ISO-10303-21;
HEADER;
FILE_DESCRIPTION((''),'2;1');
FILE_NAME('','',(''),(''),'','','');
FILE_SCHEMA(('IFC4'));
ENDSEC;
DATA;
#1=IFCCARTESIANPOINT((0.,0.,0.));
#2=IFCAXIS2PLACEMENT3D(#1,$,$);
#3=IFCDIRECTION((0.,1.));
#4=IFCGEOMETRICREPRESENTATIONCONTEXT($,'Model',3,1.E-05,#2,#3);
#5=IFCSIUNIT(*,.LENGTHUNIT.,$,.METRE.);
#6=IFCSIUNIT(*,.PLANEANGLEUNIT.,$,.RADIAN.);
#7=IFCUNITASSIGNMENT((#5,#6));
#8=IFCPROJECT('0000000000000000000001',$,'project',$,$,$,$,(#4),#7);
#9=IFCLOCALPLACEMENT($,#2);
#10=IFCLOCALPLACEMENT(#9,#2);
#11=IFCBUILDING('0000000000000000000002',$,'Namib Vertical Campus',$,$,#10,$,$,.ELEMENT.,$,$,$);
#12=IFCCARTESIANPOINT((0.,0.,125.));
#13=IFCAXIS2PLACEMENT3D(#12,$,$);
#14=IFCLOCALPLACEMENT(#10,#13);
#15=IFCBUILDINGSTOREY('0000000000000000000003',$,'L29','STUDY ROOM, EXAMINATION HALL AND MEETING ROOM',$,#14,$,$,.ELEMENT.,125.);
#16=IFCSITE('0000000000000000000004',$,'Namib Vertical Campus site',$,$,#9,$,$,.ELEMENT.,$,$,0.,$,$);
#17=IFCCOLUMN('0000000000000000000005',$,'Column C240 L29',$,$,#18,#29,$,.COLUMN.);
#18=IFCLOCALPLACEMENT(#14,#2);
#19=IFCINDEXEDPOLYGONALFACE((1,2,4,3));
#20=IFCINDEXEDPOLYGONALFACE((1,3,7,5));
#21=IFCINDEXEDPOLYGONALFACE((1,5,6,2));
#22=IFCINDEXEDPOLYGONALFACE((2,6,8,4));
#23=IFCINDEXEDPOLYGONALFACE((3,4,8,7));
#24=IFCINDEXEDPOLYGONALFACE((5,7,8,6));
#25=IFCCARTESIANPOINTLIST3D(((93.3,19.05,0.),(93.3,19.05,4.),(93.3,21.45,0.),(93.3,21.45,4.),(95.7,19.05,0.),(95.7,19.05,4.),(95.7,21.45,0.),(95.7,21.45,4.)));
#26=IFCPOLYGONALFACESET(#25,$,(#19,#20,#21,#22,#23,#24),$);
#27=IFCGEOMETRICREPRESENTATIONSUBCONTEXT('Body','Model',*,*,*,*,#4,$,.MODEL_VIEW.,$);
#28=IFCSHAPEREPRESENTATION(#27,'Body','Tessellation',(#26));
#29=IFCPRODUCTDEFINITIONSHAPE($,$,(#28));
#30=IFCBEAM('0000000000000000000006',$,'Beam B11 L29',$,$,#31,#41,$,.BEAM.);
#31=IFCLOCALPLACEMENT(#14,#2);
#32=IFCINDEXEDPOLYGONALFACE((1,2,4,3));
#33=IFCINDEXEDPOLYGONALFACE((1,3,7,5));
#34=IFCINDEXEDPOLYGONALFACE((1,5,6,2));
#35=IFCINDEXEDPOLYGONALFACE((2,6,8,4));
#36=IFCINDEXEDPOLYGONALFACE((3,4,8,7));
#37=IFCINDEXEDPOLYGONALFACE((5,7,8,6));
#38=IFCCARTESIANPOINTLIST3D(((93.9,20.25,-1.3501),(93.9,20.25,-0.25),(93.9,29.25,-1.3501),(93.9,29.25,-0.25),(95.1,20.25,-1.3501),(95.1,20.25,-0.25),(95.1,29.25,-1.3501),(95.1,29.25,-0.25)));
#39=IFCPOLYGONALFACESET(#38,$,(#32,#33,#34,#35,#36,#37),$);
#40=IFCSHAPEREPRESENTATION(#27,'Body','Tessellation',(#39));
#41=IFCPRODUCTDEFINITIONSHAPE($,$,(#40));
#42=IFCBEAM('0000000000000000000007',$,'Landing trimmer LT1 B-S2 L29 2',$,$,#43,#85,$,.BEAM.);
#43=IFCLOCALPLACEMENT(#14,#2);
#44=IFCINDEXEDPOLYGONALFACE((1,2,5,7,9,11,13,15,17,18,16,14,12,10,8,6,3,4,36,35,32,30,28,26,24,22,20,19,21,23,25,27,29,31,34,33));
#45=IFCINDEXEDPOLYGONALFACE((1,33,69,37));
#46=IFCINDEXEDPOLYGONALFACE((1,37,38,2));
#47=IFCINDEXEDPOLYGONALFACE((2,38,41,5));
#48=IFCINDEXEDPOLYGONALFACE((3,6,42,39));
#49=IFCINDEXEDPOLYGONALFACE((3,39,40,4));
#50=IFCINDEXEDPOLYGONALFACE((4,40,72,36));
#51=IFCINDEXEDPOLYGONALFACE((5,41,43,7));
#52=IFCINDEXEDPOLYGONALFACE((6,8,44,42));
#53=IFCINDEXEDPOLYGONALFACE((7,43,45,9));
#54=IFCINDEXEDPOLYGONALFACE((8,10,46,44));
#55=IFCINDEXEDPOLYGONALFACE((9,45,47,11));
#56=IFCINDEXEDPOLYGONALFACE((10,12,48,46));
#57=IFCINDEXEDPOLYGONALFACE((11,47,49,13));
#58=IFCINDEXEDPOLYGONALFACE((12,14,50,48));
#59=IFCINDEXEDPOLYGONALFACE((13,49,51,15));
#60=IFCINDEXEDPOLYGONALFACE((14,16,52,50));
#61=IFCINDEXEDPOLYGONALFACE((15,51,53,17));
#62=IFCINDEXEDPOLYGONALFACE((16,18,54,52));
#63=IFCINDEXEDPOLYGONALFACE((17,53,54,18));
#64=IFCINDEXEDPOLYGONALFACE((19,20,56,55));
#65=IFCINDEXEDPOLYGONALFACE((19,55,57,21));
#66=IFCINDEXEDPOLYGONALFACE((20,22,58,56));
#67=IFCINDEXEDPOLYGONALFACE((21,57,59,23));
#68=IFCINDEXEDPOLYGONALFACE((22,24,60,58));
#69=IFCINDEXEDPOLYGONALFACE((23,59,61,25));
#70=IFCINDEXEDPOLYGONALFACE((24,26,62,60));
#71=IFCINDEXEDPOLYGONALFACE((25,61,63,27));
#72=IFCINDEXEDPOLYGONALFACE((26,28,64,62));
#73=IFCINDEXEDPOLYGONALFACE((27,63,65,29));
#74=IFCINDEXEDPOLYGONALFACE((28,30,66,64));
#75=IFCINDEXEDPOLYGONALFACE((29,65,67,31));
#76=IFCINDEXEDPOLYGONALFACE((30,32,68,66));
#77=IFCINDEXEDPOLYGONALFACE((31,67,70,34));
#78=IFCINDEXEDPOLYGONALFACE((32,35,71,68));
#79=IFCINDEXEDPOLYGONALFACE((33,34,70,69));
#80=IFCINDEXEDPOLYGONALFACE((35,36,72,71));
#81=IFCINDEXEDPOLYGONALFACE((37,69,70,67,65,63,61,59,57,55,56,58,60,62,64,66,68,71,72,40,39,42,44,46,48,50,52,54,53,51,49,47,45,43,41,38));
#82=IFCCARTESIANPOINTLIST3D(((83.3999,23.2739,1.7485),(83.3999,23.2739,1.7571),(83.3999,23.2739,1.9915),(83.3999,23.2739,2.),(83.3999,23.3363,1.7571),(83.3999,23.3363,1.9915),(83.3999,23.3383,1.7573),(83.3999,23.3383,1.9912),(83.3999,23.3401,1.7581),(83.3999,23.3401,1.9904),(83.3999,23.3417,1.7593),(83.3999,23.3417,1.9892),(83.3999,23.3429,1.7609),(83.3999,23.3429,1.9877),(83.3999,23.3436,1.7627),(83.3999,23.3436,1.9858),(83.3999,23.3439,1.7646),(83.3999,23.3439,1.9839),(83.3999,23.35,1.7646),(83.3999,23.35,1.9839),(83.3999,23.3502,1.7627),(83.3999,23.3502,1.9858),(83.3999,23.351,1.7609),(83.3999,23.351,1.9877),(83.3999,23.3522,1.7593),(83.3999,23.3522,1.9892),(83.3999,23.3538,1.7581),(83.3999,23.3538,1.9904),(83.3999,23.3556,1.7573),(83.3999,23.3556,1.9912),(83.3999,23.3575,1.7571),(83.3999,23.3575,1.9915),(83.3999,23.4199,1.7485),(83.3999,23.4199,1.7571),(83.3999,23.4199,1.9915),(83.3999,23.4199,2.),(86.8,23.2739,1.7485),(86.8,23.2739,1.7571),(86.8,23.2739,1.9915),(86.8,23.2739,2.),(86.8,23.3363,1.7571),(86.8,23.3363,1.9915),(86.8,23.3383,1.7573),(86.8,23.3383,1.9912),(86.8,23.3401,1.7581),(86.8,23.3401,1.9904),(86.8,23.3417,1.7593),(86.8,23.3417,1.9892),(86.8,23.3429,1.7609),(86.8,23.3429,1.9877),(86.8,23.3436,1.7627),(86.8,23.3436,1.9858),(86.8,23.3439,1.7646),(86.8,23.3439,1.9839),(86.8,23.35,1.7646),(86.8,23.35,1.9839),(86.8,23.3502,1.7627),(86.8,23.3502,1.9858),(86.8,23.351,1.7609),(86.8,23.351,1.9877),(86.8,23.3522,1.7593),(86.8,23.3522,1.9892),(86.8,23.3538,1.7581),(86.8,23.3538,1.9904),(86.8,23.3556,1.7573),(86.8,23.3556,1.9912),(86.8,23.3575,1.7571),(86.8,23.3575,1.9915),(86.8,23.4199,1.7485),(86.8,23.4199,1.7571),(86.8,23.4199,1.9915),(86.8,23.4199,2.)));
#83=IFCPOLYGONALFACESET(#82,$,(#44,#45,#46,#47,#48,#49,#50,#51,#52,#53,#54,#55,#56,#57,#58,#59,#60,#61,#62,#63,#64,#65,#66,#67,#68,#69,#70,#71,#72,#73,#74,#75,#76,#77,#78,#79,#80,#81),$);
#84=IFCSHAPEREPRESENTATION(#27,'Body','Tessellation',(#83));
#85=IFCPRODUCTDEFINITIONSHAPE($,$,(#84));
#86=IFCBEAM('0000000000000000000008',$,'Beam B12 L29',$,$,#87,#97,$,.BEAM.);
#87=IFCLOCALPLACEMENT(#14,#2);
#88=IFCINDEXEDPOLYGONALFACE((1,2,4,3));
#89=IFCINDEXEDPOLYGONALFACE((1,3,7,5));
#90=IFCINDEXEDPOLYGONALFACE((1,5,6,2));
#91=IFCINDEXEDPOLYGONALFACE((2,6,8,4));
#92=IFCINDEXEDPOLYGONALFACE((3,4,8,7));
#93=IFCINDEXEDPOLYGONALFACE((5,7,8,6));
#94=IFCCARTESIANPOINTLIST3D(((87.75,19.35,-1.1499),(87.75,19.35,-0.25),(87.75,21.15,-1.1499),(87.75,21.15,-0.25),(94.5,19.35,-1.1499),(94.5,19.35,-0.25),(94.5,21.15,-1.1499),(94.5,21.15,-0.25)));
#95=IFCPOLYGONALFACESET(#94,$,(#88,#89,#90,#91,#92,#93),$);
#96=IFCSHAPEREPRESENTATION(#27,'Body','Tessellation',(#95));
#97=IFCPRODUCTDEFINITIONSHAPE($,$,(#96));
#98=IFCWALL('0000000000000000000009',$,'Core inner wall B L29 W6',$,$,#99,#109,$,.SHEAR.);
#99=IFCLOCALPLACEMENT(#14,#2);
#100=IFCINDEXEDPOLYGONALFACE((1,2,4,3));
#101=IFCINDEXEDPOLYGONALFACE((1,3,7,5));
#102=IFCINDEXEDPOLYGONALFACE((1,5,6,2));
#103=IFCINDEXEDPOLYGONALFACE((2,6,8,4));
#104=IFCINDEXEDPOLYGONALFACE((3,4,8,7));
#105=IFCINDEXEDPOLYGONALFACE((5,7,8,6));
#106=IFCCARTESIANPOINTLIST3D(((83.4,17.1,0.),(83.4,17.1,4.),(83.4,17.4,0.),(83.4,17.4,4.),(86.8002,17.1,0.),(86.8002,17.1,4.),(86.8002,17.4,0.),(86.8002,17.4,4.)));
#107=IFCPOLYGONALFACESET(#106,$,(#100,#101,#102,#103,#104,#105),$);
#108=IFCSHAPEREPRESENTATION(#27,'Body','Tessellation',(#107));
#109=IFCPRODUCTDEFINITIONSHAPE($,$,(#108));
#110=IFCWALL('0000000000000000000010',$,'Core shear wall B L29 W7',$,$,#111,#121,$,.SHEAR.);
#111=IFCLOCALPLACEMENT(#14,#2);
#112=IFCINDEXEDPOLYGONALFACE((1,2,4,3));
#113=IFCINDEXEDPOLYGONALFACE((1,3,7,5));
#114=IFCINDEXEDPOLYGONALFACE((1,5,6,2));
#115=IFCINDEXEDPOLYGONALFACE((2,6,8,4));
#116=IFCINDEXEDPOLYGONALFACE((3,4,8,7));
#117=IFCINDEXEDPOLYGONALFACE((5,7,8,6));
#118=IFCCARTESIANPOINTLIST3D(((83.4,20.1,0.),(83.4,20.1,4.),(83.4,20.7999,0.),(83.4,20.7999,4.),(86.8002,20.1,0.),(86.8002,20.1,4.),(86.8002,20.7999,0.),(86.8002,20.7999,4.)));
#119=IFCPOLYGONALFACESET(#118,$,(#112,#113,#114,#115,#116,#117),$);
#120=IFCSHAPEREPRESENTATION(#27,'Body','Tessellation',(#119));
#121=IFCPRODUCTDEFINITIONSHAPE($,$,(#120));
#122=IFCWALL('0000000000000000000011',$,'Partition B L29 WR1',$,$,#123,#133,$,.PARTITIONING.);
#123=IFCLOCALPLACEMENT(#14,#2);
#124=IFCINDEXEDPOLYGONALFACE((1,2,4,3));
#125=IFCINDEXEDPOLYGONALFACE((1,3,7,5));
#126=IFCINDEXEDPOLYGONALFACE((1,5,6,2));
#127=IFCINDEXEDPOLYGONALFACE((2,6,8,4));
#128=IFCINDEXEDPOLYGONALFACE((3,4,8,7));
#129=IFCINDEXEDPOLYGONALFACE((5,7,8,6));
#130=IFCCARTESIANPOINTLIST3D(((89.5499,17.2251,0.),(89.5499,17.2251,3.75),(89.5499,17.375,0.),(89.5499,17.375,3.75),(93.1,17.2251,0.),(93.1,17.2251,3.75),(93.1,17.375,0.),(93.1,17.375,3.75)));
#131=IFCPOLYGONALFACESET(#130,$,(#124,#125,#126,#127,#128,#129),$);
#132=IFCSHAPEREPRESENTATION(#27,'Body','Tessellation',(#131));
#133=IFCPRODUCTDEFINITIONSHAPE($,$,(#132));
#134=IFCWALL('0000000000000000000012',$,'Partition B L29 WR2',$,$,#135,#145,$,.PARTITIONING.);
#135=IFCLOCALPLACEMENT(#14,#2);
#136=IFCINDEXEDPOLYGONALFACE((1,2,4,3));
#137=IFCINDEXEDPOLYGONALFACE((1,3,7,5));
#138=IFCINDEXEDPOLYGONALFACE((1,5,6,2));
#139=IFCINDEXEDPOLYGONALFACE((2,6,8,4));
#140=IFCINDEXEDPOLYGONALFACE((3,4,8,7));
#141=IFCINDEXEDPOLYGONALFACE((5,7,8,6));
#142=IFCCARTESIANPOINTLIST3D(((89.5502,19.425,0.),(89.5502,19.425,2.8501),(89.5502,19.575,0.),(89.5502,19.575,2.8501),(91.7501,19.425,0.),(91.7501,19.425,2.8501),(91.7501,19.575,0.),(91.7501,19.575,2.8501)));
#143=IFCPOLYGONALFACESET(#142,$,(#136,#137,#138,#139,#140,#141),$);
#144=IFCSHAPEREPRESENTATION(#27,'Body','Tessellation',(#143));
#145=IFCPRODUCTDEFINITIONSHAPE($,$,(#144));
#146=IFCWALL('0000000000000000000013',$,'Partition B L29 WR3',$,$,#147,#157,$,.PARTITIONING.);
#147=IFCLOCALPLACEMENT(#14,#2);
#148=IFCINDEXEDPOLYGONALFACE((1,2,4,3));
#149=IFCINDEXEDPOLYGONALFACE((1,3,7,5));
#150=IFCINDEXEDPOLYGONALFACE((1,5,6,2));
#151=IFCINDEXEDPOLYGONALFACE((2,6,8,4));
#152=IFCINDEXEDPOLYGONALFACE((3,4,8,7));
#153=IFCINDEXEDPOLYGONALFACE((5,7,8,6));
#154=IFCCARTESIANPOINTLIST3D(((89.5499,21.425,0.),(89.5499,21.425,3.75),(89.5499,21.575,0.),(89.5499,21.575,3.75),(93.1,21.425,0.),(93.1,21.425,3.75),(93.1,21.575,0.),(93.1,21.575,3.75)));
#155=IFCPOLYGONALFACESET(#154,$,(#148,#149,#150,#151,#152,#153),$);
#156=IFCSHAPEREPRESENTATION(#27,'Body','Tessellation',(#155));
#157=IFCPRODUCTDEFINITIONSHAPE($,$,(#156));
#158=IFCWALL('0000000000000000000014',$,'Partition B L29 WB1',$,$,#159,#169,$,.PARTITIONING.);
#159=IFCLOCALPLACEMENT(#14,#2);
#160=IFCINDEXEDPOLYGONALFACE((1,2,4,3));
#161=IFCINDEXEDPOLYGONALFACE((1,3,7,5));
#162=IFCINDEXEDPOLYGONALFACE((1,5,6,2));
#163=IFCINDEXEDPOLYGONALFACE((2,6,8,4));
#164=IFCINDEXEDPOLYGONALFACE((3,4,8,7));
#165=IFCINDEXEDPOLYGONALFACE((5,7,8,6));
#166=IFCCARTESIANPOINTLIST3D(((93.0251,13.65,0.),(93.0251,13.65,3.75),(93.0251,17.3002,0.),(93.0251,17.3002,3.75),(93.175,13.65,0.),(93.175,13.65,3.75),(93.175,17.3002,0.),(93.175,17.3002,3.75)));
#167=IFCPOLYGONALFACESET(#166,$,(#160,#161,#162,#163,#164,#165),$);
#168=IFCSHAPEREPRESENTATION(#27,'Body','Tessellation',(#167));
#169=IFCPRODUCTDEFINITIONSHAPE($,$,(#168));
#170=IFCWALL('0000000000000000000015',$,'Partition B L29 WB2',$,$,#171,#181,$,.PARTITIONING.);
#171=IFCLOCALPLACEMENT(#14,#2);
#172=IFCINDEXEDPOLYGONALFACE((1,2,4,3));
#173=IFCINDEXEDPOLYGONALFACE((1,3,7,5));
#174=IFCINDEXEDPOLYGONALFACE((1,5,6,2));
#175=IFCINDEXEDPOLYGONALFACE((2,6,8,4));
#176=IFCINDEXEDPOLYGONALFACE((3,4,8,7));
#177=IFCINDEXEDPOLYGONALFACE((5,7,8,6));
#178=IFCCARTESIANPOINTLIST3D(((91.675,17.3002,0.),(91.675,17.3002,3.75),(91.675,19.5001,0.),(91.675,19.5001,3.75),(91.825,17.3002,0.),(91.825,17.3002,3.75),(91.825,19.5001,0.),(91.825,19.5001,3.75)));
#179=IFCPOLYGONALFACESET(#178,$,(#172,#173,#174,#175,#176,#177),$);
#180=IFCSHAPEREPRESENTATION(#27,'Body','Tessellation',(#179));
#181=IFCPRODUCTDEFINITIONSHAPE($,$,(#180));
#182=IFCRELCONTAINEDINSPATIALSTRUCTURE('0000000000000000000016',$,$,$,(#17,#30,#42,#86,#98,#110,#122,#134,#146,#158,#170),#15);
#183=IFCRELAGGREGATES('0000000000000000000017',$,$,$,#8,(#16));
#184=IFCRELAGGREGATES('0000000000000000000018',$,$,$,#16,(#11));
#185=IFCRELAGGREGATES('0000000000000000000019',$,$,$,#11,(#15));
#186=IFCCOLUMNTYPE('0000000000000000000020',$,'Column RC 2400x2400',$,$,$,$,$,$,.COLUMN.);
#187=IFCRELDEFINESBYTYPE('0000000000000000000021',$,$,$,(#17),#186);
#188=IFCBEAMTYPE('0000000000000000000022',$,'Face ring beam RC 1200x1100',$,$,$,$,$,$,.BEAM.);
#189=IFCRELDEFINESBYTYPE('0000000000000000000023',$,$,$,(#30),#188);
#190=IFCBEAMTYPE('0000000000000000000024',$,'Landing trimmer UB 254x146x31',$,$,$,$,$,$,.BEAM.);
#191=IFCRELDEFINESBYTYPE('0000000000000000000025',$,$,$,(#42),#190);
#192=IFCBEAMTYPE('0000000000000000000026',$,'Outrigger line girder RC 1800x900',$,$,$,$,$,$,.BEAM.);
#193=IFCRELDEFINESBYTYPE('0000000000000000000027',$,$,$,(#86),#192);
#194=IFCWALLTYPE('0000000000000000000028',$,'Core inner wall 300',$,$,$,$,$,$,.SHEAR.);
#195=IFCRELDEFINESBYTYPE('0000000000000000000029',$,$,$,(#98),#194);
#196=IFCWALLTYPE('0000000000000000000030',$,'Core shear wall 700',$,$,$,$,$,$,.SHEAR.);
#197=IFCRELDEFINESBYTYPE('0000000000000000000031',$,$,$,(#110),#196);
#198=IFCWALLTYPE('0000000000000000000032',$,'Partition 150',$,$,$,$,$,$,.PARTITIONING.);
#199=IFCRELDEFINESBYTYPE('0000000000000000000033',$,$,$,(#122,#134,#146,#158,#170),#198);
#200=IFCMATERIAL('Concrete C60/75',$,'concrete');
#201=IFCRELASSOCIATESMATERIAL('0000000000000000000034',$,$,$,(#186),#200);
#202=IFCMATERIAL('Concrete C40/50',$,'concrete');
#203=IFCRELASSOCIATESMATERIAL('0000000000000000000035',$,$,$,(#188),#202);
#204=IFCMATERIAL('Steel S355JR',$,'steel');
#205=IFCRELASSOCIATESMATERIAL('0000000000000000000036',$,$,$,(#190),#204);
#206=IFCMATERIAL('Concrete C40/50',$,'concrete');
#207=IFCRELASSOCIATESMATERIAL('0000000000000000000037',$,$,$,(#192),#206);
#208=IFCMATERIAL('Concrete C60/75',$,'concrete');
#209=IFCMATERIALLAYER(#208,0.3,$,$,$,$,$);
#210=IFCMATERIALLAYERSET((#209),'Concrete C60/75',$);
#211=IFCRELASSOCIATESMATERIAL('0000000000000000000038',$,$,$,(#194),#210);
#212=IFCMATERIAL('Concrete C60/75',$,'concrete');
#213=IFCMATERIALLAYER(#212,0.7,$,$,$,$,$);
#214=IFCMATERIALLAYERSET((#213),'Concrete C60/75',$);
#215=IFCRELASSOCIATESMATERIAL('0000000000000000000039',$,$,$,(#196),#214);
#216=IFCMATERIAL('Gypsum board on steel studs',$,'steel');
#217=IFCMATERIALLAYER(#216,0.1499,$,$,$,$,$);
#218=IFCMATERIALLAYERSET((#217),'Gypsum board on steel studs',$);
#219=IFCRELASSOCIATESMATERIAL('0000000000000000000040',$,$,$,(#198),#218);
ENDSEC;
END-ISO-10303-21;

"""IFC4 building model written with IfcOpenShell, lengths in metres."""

from ifc_helpers import new_model, si_unit, direction, frame, frame_2d, origin, origin_2d, place, context, subcontext, project, spatial, rectangle, i_section, extrude, material, layer, layer_set, material_profile, profile_set, type_object, element, save


model = new_model("IFC4")

# Units and contexts
model_context = context("Model", 3, precision=1e-05, world=origin(), true_north=direction((0.0, 1.0)))
body_context = subcontext(model_context, "Body", "Model", "MODEL_VIEW")
ifc_project = project(units=[si_unit("LENGTHUNIT", "METRE"), si_unit("PLANEANGLEUNIT", "RADIAN")], contexts=[model_context])

# Site, building, storey
site_placement = place(None, origin())
site = spatial("IfcSite", under=ifc_project, at=site_placement, Name="Namib Vertical Campus site", CompositionType="ELEMENT", RefElevation=0.0)
building_placement = place(site_placement, origin())
building = spatial("IfcBuilding", under=site, at=building_placement, Name="Namib Vertical Campus", CompositionType="ELEMENT")
storey_placement = place(building_placement, frame((0.0, 0.0, 125.0)))
storey = spatial("IfcBuildingStorey", under=building, at=storey_placement, Name="L29", Description="STUDY ROOM, EXAMINATION HALL AND MEETING ROOM", CompositionType="ELEMENT", Elevation=125.0)

# Column
ifc_material_1 = material(Name="Concrete C60/75", Category="concrete")
ifc_material_profile_1 = material_profile(ifc_material_1, rectangle(XDim=2.3999, YDim=2.3999, at=origin_2d()))
ifc_profile_set_1 = profile_set([ifc_material_profile_1], Name="Concrete C60/75")
column_type = type_object("IfcColumnType", Name="Column RC 2400x2400", PredefinedType="COLUMN", material=ifc_profile_set_1)
column_placement = place(storey_placement, frame((94.5, 20.25, 0.0), z_axis=(0.0, 0.0, 1.0), x_axis=(1.0, 0.0, 0.0)))
element("IfcColumn", 1, at=column_placement, inside=storey, type_object=column_type, Name="Column C240 L29", PredefinedType="COLUMN", context=body_context, shape_type="SweptSolid", body=[
    extrude(rectangle(XDim=2.3999, YDim=2.3999, at=origin_2d()), origin(), (0.0, 0.0, 1.0), 4.0),
])

# Beams
ifc_material_2 = material(Name="Concrete C40/50", Category="concrete")
ifc_material_profile_2 = material_profile(ifc_material_2, rectangle(XDim=1.2, YDim=1.1001, at=origin_2d()))
ifc_profile_set_2 = profile_set([ifc_material_profile_2], Name="Concrete C40/50")
beam_type_1 = type_object("IfcBeamType", Name="Face ring beam RC 1200x1100", PredefinedType="BEAM", material=ifc_profile_set_2)
beam_1_placement = place(storey_placement, frame((94.5, 20.25, -0.8), z_axis=(0.0, 1.0, 0.0), x_axis=(-1.0, 0.0, 0.0)))
element("IfcBeam", 2, at=beam_1_placement, inside=storey, type_object=beam_type_1, Name="Beam B11 L29", PredefinedType="BEAM", context=body_context, shape_type="SweptSolid", body=[
    extrude(rectangle(XDim=1.2, YDim=1.1001, at=origin_2d()), origin(), (0.0, 0.0, 1.0), 9.0),
])
ifc_material_3 = material(Name="Steel S355JR", Category="steel")
ifc_material_profile_3 = material_profile(ifc_material_3, i_section(OverallWidth=0.146, OverallDepth=0.2515, WebThickness=0.0061, FlangeThickness=0.0085, FilletRadius=0.0076, at=origin_2d()))
ifc_profile_set_3 = profile_set([ifc_material_profile_3], Name="Steel S355JR")
beam_type_2 = type_object("IfcBeamType", Name="Landing trimmer UB 254x146x31", PredefinedType="BEAM", material=ifc_profile_set_3)
beam_2_placement = place(storey_placement, frame((83.3999, 23.3469, 1.8743), z_axis=(1.0, 0.0, 0.0), x_axis=(0.0, 1.0, 0.0)))
element("IfcBeam", 3, at=beam_2_placement, inside=storey, type_object=beam_type_2, Name="Landing trimmer LT1 B-S2 L29 2", PredefinedType="BEAM", context=body_context, shape_type="SweptSolid", body=[
    extrude(i_section(OverallWidth=0.146, OverallDepth=0.2515, WebThickness=0.0061, FlangeThickness=0.0085, FilletRadius=0.0076, at=origin_2d()), origin(), (0.0, 0.0, 1.0), 3.4001),
])
ifc_material_4 = material(Name="Concrete C40/50", Category="concrete")
ifc_material_profile_4 = material_profile(ifc_material_4, rectangle(XDim=1.8, YDim=0.8999, at=origin_2d()))
ifc_profile_set_4 = profile_set([ifc_material_profile_4], Name="Concrete C40/50")
beam_type_3 = type_object("IfcBeamType", Name="Outrigger line girder RC 1800x900", PredefinedType="BEAM", material=ifc_profile_set_4)
beam_3_placement = place(storey_placement, frame((94.5, 20.25, -0.7), z_axis=(-1.0, 0.0, 0.0), x_axis=(0.0, -1.0, 0.0)))
element("IfcBeam", 4, at=beam_3_placement, inside=storey, type_object=beam_type_3, Name="Beam B12 L29", PredefinedType="BEAM", context=body_context, shape_type="SweptSolid", body=[
    extrude(rectangle(XDim=1.8, YDim=0.8999, at=origin_2d()), origin(), (0.0, 0.0, 1.0), 6.75),
])

# Walls
ifc_material_5 = material(Name="Concrete C60/75", Category="concrete")
ifc_layer_1 = layer(ifc_material_5, 0.3)
ifc_layer_set_1 = layer_set([ifc_layer_1], Name="Concrete C60/75")
wall_type_1 = type_object("IfcWallType", Name="Core inner wall 300", PredefinedType="SHEAR", material=ifc_layer_set_1)
wall_1_placement = place(storey_placement, frame((83.3999, 17.25, 0.0), z_axis=(0.0, 0.0, 1.0), x_axis=(1.0, 0.0, 0.0)))
element("IfcWall", 5, at=wall_1_placement, inside=storey, type_object=wall_type_1, Name="Core inner wall B L29 W6", PredefinedType="SHEAR", context=body_context, shape_type="SweptSolid", body=[
    extrude(rectangle(XDim=3.4001, YDim=0.3, at=frame_2d((1.7002, 0.0))), origin(), (0.0, 0.0, 1.0), 4.0),
])
ifc_material_6 = material(Name="Concrete C60/75", Category="concrete")
ifc_layer_2 = layer(ifc_material_6, 0.7)
ifc_layer_set_2 = layer_set([ifc_layer_2], Name="Concrete C60/75")
wall_type_2 = type_object("IfcWallType", Name="Core shear wall 700", PredefinedType="SHEAR", material=ifc_layer_set_2)
wall_2_placement = place(storey_placement, frame((83.3999, 20.45, 0.0), z_axis=(0.0, 0.0, 1.0), x_axis=(1.0, 0.0, 0.0)))
element("IfcWall", 6, at=wall_2_placement, inside=storey, type_object=wall_type_2, Name="Core shear wall B L29 W7", PredefinedType="SHEAR", context=body_context, shape_type="SweptSolid", body=[
    extrude(rectangle(XDim=3.4001, YDim=0.7, at=frame_2d((1.7002, 0.0))), origin(), (0.0, 0.0, 1.0), 4.0),
])
ifc_material_7 = material(Name="Gypsum board on steel studs", Category="steel")
ifc_layer_3 = layer(ifc_material_7, 0.1499)
ifc_layer_set_3 = layer_set([ifc_layer_3], Name="Gypsum board on steel studs")
wall_type_3 = type_object("IfcWallType", Name="Partition 150", PredefinedType="PARTITIONING", material=ifc_layer_set_3)
wall_3_placement = place(storey_placement, frame((89.55, 17.3, 0.0), z_axis=(0.0, 0.0, 1.0), x_axis=(1.0, 0.0, 0.0)))
element("IfcWall", 7, at=wall_3_placement, inside=storey, type_object=wall_type_3, Name="Partition B L29 WR1", PredefinedType="PARTITIONING", context=body_context, shape_type="SweptSolid", body=[
    extrude(rectangle(XDim=3.55, YDim=0.1499, at=frame_2d((1.7749, 0.0))), origin(), (0.0, 0.0, 1.0), 3.75),
])
wall_4_placement = place(storey_placement, frame((89.55, 19.5, 0.0), z_axis=(0.0, 0.0, 1.0), x_axis=(1.0, 0.0, 0.0)))
element("IfcWall", 8, at=wall_4_placement, inside=storey, type_object=wall_type_3, Name="Partition B L29 WR2", PredefinedType="PARTITIONING", context=body_context, shape_type="SweptSolid", body=[
    extrude(rectangle(XDim=2.2, YDim=0.1499, at=frame_2d((1.1001, 0.0))), origin(), (0.0, 0.0, 1.0), 2.8501),
])
wall_5_placement = place(storey_placement, frame((89.55, 21.5, 0.0), z_axis=(0.0, 0.0, 1.0), x_axis=(1.0, 0.0, 0.0)))
element("IfcWall", 9, at=wall_5_placement, inside=storey, type_object=wall_type_3, Name="Partition B L29 WR3", PredefinedType="PARTITIONING", context=body_context, shape_type="SweptSolid", body=[
    extrude(rectangle(XDim=3.55, YDim=0.1499, at=frame_2d((1.7749, 0.0))), origin(), (0.0, 0.0, 1.0), 3.75),
])
wall_6_placement = place(storey_placement, frame((93.1001, 13.6499, 0.0), z_axis=(0.0, 0.0, 1.0), x_axis=(0.0, 1.0, 0.0)))
element("IfcWall", 10, at=wall_6_placement, inside=storey, type_object=wall_type_3, Name="Partition B L29 WB1", PredefinedType="PARTITIONING", context=body_context, shape_type="SweptSolid", body=[
    extrude(rectangle(XDim=3.6501, YDim=0.1499, at=frame_2d((1.8252, 0.0))), origin(), (0.0, 0.0, 1.0), 3.75),
])
wall_7_placement = place(storey_placement, frame((91.75, 17.3, 0.0), z_axis=(0.0, 0.0, 1.0), x_axis=(0.0, 1.0, 0.0)))
element("IfcWall", 11, at=wall_7_placement, inside=storey, type_object=wall_type_3, Name="Partition B L29 WB2", PredefinedType="PARTITIONING", context=body_context, shape_type="SweptSolid", body=[
    extrude(rectangle(XDim=2.2, YDim=0.1499, at=frame_2d((1.1001, 0.0))), origin(), (0.0, 0.0, 1.0), 3.75),
])

save(model, "model.ifc")
